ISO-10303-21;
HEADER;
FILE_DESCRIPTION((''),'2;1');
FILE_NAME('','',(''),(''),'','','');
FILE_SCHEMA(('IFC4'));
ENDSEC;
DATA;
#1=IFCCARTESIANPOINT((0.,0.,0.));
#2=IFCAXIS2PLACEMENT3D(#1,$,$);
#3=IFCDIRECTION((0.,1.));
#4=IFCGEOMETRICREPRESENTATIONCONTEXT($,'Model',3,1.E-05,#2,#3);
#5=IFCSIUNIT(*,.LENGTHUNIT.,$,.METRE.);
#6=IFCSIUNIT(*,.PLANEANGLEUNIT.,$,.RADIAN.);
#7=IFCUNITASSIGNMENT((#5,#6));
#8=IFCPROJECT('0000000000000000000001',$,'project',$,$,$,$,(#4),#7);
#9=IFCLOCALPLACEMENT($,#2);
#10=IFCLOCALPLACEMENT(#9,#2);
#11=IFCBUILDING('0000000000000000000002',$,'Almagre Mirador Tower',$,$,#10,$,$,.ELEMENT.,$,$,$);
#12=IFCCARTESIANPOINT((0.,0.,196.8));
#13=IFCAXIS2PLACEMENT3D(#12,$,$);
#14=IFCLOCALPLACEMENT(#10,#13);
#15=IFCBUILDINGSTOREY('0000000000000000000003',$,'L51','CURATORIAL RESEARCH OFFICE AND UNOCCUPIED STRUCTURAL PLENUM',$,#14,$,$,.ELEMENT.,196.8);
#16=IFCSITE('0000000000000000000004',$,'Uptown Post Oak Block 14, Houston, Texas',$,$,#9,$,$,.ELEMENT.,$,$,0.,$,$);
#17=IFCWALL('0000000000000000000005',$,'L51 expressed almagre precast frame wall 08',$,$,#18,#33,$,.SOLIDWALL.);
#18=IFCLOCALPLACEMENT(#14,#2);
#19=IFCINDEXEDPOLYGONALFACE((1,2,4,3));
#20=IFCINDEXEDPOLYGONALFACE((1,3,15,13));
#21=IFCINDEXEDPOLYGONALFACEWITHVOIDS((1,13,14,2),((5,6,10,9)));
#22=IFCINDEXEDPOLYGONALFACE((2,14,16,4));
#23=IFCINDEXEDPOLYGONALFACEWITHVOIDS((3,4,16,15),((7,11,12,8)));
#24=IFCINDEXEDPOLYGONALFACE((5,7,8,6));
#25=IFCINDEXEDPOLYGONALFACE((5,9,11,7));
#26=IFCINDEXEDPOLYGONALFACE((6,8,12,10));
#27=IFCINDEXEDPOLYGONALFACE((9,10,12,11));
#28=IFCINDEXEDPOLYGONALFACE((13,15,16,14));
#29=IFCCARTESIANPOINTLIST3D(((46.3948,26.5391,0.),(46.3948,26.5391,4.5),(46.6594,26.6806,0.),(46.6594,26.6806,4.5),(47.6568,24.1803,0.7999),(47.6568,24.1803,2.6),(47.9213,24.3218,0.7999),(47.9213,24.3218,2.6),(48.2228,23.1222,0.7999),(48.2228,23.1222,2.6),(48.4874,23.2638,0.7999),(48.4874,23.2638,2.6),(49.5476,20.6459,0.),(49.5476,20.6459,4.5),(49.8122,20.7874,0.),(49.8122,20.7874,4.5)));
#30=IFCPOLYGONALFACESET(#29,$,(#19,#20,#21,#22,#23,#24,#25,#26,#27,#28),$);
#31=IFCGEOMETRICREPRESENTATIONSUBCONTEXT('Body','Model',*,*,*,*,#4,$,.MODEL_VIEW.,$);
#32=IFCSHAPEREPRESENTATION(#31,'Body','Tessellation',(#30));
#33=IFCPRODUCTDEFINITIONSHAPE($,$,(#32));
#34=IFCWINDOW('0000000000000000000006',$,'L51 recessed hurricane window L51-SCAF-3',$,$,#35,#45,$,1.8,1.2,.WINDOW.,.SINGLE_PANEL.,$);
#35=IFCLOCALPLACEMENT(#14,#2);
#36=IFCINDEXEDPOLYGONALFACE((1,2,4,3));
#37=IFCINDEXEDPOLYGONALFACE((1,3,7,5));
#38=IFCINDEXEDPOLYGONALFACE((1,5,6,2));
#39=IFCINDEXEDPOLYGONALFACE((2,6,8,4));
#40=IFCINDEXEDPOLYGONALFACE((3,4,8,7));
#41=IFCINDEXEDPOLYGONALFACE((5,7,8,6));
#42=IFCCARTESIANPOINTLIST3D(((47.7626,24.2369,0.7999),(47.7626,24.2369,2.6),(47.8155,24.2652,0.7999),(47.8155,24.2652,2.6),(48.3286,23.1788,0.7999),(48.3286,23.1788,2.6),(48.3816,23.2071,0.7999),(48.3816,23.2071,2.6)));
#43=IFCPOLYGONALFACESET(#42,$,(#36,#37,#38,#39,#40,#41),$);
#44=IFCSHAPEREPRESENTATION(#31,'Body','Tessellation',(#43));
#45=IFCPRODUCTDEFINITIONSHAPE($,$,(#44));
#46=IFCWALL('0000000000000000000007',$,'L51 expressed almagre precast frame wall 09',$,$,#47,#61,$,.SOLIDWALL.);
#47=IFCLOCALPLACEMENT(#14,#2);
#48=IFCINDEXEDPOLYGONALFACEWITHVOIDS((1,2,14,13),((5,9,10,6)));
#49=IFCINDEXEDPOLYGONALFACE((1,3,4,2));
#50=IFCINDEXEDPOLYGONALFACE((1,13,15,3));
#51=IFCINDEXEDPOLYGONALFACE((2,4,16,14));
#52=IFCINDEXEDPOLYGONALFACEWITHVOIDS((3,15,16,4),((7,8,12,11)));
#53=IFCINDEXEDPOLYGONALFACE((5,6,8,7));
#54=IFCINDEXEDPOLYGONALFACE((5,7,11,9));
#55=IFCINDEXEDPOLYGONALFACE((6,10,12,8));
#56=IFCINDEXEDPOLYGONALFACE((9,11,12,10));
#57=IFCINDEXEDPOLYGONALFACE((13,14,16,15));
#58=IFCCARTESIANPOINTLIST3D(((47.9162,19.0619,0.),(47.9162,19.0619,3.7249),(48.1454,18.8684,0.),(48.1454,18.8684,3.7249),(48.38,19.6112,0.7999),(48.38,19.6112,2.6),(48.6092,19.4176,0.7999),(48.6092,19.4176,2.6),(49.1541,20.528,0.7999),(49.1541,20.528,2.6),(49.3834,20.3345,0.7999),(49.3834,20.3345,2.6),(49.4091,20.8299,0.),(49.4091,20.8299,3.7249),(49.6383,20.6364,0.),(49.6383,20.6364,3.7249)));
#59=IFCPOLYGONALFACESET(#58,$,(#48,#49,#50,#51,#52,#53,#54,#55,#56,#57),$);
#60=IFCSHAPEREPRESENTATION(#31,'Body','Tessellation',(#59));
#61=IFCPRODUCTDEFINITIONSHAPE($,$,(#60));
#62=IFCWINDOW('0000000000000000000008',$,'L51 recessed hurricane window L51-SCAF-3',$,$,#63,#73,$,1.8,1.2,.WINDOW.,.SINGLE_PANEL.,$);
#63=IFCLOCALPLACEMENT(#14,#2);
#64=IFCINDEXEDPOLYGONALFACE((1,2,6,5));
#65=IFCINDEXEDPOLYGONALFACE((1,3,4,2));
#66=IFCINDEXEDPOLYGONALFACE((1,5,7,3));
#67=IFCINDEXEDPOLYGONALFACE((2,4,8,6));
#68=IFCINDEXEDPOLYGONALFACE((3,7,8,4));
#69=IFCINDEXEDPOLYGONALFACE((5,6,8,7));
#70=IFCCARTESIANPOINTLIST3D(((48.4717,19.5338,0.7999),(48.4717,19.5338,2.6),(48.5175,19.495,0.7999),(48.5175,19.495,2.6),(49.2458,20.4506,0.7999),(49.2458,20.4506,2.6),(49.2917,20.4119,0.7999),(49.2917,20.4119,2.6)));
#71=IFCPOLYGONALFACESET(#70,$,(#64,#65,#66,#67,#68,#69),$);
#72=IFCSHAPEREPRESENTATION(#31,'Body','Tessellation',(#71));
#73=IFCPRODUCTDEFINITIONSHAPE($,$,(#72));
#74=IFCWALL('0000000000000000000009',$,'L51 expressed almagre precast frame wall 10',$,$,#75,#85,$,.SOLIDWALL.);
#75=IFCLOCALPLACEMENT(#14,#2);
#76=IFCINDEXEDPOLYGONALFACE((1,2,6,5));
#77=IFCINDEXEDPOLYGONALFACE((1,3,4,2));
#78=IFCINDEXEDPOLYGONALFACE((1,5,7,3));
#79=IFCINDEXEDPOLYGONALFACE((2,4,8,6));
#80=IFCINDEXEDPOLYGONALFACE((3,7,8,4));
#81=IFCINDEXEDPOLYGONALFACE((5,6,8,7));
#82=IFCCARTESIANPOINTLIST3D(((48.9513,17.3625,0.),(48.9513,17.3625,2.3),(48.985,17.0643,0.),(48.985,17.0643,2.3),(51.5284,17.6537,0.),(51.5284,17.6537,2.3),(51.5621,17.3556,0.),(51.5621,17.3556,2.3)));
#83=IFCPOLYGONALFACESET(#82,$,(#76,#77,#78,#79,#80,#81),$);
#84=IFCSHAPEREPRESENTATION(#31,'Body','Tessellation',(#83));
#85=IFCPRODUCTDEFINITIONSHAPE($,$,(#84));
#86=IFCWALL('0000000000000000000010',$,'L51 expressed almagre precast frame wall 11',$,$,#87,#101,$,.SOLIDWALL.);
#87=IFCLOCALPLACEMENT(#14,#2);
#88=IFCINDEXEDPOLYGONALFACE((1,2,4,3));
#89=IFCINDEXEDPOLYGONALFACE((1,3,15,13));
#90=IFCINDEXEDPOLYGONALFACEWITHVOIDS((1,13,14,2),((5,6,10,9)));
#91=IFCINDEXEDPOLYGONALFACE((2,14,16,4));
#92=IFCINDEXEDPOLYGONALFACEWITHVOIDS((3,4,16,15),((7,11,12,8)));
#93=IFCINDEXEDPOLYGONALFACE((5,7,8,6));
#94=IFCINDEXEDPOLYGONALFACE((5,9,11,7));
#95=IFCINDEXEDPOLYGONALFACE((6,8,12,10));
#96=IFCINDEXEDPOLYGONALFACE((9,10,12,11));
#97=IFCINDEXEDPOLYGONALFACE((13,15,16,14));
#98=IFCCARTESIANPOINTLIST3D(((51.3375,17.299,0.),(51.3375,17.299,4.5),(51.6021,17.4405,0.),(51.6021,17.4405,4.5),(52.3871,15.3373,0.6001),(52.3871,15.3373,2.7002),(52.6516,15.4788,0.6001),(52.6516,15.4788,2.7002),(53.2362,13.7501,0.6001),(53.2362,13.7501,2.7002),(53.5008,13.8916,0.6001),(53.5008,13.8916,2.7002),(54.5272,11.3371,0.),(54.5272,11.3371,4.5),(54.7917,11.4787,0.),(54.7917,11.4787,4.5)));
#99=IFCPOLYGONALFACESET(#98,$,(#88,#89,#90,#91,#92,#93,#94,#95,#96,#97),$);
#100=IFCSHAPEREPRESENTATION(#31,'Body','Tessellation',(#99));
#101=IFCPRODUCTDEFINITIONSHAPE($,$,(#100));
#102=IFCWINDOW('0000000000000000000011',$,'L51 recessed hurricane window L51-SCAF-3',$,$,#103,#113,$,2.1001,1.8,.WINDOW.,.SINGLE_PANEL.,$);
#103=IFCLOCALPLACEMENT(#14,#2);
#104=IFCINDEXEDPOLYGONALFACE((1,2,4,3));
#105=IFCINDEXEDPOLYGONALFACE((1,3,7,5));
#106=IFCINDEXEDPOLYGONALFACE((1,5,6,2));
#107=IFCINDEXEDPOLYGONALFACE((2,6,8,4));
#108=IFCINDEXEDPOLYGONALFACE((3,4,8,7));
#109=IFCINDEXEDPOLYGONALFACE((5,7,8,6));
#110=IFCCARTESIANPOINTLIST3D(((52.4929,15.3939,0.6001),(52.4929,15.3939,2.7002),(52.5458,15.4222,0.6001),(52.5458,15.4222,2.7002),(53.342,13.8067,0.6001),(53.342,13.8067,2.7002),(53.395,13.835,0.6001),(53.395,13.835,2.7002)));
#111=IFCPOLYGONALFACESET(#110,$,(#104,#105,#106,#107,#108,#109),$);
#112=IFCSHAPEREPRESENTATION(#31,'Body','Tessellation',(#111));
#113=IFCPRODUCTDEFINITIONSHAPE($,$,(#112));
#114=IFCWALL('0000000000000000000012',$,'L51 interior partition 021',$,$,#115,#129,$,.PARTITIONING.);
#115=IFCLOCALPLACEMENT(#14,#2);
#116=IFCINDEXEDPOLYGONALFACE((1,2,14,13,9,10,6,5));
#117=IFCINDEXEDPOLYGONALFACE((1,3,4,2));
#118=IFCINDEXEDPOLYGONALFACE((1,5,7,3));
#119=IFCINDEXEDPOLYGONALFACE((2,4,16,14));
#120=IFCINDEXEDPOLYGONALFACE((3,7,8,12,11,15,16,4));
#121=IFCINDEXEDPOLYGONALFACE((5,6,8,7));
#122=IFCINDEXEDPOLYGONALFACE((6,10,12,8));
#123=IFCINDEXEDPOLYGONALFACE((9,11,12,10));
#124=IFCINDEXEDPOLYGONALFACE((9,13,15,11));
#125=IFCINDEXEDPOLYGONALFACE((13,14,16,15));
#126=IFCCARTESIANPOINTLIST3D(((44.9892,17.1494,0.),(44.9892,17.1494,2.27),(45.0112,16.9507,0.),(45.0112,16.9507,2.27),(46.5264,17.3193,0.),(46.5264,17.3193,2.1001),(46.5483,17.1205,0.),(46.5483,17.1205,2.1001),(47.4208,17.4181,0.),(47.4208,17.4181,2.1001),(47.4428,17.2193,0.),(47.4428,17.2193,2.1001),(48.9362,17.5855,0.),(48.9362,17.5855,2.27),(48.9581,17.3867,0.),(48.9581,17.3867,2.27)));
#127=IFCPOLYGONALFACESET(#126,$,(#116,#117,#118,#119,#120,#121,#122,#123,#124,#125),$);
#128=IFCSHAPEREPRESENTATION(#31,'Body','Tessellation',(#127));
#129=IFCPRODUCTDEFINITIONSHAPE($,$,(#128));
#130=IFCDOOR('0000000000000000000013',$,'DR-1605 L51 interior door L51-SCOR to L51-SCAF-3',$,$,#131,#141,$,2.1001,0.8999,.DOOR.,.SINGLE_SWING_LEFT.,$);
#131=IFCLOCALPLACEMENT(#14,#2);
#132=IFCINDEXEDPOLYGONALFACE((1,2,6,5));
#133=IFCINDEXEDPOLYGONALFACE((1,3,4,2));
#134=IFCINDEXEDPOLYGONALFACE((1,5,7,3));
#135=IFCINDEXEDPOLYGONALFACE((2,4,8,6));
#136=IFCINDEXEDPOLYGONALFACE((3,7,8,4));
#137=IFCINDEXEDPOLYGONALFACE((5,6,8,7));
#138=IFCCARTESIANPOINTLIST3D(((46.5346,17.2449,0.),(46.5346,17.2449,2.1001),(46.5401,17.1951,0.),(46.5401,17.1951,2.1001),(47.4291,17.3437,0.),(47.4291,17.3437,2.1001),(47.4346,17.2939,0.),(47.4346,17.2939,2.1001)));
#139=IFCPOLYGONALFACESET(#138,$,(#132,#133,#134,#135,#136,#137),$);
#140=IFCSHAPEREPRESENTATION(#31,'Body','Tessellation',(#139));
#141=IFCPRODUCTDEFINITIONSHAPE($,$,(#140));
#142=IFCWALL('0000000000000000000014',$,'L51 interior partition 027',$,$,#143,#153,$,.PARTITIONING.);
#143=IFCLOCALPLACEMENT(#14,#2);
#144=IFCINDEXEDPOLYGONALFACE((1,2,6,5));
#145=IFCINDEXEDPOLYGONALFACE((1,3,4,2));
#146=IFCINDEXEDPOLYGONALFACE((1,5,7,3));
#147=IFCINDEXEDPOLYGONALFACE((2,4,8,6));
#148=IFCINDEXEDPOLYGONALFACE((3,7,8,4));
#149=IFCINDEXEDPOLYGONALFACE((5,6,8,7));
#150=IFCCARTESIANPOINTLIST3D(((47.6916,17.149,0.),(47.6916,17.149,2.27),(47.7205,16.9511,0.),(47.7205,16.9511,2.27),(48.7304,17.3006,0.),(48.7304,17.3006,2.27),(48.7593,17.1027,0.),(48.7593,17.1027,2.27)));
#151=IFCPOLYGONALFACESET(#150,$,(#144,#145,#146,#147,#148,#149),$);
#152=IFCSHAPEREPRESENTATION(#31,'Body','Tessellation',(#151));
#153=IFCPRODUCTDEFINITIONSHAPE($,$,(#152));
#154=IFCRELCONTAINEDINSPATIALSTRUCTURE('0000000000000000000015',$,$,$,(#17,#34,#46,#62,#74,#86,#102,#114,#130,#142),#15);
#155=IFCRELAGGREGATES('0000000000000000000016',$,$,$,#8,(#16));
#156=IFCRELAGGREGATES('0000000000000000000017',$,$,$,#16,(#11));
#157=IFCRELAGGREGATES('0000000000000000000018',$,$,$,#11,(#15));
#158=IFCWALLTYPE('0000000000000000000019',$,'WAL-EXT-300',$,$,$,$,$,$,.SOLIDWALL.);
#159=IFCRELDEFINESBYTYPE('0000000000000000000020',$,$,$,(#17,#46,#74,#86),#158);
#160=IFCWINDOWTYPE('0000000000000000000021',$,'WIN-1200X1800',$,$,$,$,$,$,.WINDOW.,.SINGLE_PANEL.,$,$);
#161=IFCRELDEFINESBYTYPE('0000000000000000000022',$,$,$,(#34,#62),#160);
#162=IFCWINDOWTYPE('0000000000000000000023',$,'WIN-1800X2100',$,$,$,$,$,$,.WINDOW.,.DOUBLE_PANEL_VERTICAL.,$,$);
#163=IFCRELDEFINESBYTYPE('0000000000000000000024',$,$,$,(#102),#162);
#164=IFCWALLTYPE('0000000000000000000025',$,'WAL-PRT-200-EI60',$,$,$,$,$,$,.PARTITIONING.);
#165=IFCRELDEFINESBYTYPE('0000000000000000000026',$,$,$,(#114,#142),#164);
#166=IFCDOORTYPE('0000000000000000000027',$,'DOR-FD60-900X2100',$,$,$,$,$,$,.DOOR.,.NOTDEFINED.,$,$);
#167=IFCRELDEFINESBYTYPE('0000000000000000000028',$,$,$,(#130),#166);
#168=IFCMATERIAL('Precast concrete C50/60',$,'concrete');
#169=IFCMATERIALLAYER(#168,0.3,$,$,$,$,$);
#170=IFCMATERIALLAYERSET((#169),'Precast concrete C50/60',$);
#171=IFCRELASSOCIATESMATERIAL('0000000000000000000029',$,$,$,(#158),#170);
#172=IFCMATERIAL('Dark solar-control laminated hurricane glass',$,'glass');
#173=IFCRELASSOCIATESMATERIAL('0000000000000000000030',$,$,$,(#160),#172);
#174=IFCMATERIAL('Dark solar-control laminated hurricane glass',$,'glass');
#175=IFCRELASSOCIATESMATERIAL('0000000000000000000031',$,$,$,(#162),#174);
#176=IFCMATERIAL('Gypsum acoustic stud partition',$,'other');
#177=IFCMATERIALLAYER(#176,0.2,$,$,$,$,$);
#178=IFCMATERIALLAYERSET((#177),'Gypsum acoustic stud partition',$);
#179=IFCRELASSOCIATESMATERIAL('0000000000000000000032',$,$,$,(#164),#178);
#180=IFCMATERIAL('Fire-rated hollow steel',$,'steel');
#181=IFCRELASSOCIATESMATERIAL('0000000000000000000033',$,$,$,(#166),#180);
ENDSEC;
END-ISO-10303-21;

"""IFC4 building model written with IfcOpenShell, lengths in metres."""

from ifc_helpers import new_model, si_unit, direction, frame, frame_2d, origin, place, context, subcontext, project, spatial, rectangle, extrude, material, layer, layer_set, type_object, element, fill, save


model = new_model("IFC4")

# Units and contexts
model_context = context("Model", 3, precision=1e-05, world=origin(), true_north=direction((0.0, 1.0)))
body_context = subcontext(model_context, "Body", "Model", "MODEL_VIEW")
ifc_project = project(units=[si_unit("LENGTHUNIT", "METRE"), si_unit("PLANEANGLEUNIT", "RADIAN")], contexts=[model_context])

# Site, building, storey
site_placement = place(None, origin())
site = spatial("IfcSite", under=ifc_project, at=site_placement, Name="Uptown Post Oak Block 14, Houston, Texas", CompositionType="ELEMENT", RefElevation=0.0)
building_placement = place(site_placement, origin())
building = spatial("IfcBuilding", under=site, at=building_placement, Name="Almagre Mirador Tower", CompositionType="ELEMENT")
storey_placement = place(building_placement, frame((0.0, 0.0, 196.8)))
storey = spatial("IfcBuildingStorey", under=building, at=storey_placement, Name="L51", Description="CURATORIAL RESEARCH OFFICE AND UNOCCUPIED STRUCTURAL PLENUM", CompositionType="ELEMENT", Elevation=196.8)

# Walls, openings, windows
ifc_material_1 = material(Name="Precast concrete C50/60", Category="concrete")
ifc_layer_1 = layer(ifc_material_1, 0.3)
ifc_layer_set_1 = layer_set([ifc_layer_1], Name="Precast concrete C50/60")
wall_type_1 = type_object("IfcWallType", Name="WAL-EXT-300", PredefinedType="SOLIDWALL", material=ifc_layer_set_1)
wall_1_placement = place(storey_placement, frame((46.5271, 26.6099, 0.0), z_axis=(0.0, 0.0, 1.0), x_axis=(0.471722, -0.881748, 0.0)))
wall_1 = element("IfcWall", 1, at=wall_1_placement, inside=storey, type_object=wall_type_1, Name="L51 expressed almagre precast frame wall 08", PredefinedType="SOLIDWALL", context=body_context, shape_type="SweptSolid", body=[
    extrude(rectangle(XDim=6.6836, YDim=0.3, at=frame_2d((3.3418, 0.0))), origin(), (0.0, 0.0, 1.0), 4.5),
])
opening_1_placement = place(wall_1_placement, frame((2.675, 0.0, 0.8)))
opening_1 = element("IfcOpeningElement", 2, at=opening_1_placement, cuts=wall_1, PredefinedType="OPENING", context=body_context, shape_type="SweptSolid", body=[
    extrude(rectangle(XDim=1.2, YDim=1.8, at=frame_2d((0.6001, 0.8999))), frame((0.0, 0.1599, 0.0), z_axis=(0.0, -1.0, 0.0), x_axis=(1.0, 0.0, 0.0)), (0.0, 0.0, 1.0), 0.32),
])
ifc_material_2 = material(Name="Dark solar-control laminated hurricane glass", Category="glass")
window_type_1 = type_object("IfcWindowType", Name="WIN-1200X1800", PartitioningType="SINGLE_PANEL", PredefinedType="WINDOW", material=ifc_material_2)
window_1_placement = place(opening_1_placement, origin())
window_1 = element("IfcWindow", 3, at=window_1_placement, inside=storey, type_object=window_type_1, Name="L51 recessed hurricane window L51-SCAF-3", OverallHeight=1.8, OverallWidth=1.2, PartitioningType="SINGLE_PANEL", PredefinedType="WINDOW", context=body_context, shape_type="SweptSolid", body=[
    extrude(rectangle(XDim=1.2, YDim=1.8, at=frame_2d((0.6001, 0.8999))), frame((0.0, 0.03, 0.0), z_axis=(0.0, -1.0, 0.0), x_axis=(1.0, 0.0, 0.0)), (0.0, 0.0, 1.0), 0.0601),
])
fill(opening_1, window_1)
wall_2_placement = place(storey_placement, frame((49.5237, 20.7332, 0.0), z_axis=(0.0, 0.0, 1.0), x_axis=(-0.645152, -0.764054, 0.0)))
wall_2 = element("IfcWall", 4, at=wall_2_placement, inside=storey, type_object=wall_type_1, Name="L51 expressed almagre precast frame wall 09", PredefinedType="SOLIDWALL", context=body_context, shape_type="SweptSolid", body=[
    extrude(rectangle(XDim=2.314, YDim=0.3, at=frame_2d((1.157, 0.0))), origin(), (0.0, 0.0, 1.0), 3.7249),
])
opening_2_placement = place(wall_2_placement, frame((0.395, 0.0, 0.8)))
opening_2 = element("IfcOpeningElement", 5, at=opening_2_placement, cuts=wall_2, PredefinedType="OPENING", context=body_context, shape_type="SweptSolid", body=[
    extrude(rectangle(XDim=1.2, YDim=1.8, at=frame_2d((0.6001, 0.8999))), frame((0.0, 0.1599, 0.0), z_axis=(0.0, -1.0, 0.0), x_axis=(1.0, 0.0, 0.0)), (0.0, 0.0, 1.0), 0.32),
])
window_2_placement = place(opening_2_placement, origin())
window_2 = element("IfcWindow", 6, at=window_2_placement, inside=storey, type_object=window_type_1, Name="L51 recessed hurricane window L51-SCAF-3", OverallHeight=1.8, OverallWidth=1.2, PartitioningType="SINGLE_PANEL", PredefinedType="WINDOW", context=body_context, shape_type="SweptSolid", body=[
    extrude(rectangle(XDim=1.2, YDim=1.8, at=frame_2d((0.6001, 0.8999))), frame((0.0, 0.03, 0.0), z_axis=(0.0, -1.0, 0.0), x_axis=(1.0, 0.0, 0.0)), (0.0, 0.0, 1.0), 0.0601),
])
fill(opening_2, window_2)

# Wall
wall_3_placement = place(storey_placement, frame((48.968, 17.2134, 0.0), z_axis=(0.0, 0.0, 1.0), x_axis=(0.993674, 0.112301, 0.0)))
element("IfcWall", 7, at=wall_3_placement, inside=storey, type_object=wall_type_1, Name="L51 expressed almagre precast frame wall 10", PredefinedType="SOLIDWALL", context=body_context, shape_type="SweptSolid", body=[
    extrude(rectangle(XDim=2.5935, YDim=0.3, at=frame_2d((1.2969, 0.0))), origin(), (0.0, 0.0, 1.0), 2.3),
])

# Wall, opening, window
wall_4_placement = place(storey_placement, frame((51.4697, 17.3699, 0.0), z_axis=(0.0, 0.0, 1.0), x_axis=(0.47174, -0.881737, 0.0)))
wall_4 = element("IfcWall", 8, at=wall_4_placement, inside=storey, type_object=wall_type_1, Name="L51 expressed almagre precast frame wall 11", PredefinedType="SOLIDWALL", context=body_context, shape_type="SweptSolid", body=[
    extrude(rectangle(XDim=6.7615, YDim=0.3, at=frame_2d((3.3809, 0.0))), origin(), (0.0, 0.0, 1.0), 4.5),
])
opening_3_placement = place(wall_4_placement, frame((2.2251, 0.0, 0.6001)))
opening_3 = element("IfcOpeningElement", 9, at=opening_3_placement, cuts=wall_4, PredefinedType="OPENING", context=body_context, shape_type="SweptSolid", body=[
    extrude(rectangle(XDim=1.8, YDim=2.1001, at=frame_2d((0.8999, 1.05))), frame((0.0, 0.1599, 0.0), z_axis=(0.0, -1.0, 0.0), x_axis=(1.0, 0.0, 0.0)), (0.0, 0.0, 1.0), 0.32),
])
ifc_material_3 = material(Name="Dark solar-control laminated hurricane glass", Category="glass")
window_type_2 = type_object("IfcWindowType", Name="WIN-1800X2100", PartitioningType="DOUBLE_PANEL_VERTICAL", PredefinedType="WINDOW", material=ifc_material_3)
window_3_placement = place(opening_3_placement, origin())
window_3 = element("IfcWindow", 10, at=window_3_placement, inside=storey, type_object=window_type_2, Name="L51 recessed hurricane window L51-SCAF-3", OverallHeight=2.1001, OverallWidth=1.8, PartitioningType="SINGLE_PANEL", PredefinedType="WINDOW", context=body_context, shape_type="SweptSolid", body=[
    extrude(rectangle(XDim=1.8, YDim=2.1001, at=frame_2d((0.8999, 1.05))), frame((0.0, 0.03, 0.0), z_axis=(0.0, -1.0, 0.0), x_axis=(1.0, 0.0, 0.0)), (0.0, 0.0, 1.0), 0.0601),
])
fill(opening_3, window_3)

# Wall, opening, door
ifc_material_4 = material(Name="Gypsum acoustic stud partition", Category="other")
ifc_layer_2 = layer(ifc_material_4, 0.2)
ifc_layer_set_2 = layer_set([ifc_layer_2], Name="Gypsum acoustic stud partition")
wall_type_2 = type_object("IfcWallType", Name="WAL-PRT-200-EI60", PredefinedType="PARTITIONING", material=ifc_layer_set_2)
wall_5_placement = place(storey_placement, frame((48.947, 17.4861, 0.0), z_axis=(0.0, 0.0, 1.0), x_axis=(-0.993953, -0.109804, 0.0)))
wall_5 = element("IfcWall", 11, at=wall_5_placement, inside=storey, type_object=wall_type_2, Name="L51 interior partition 021", PredefinedType="PARTITIONING", context=body_context, shape_type="SweptSolid", body=[
    extrude(rectangle(XDim=3.9709, YDim=0.2, at=frame_2d((1.9854, 0.0))), origin(), (0.0, 0.0, 1.0), 2.27),
])
opening_4_placement = place(wall_5_placement, frame((1.5244, 0.0, 0.0)))
opening_4 = element("IfcOpeningElement", 12, at=opening_4_placement, cuts=wall_5, PredefinedType="OPENING", context=body_context, shape_type="SweptSolid", body=[
    extrude(rectangle(XDim=0.8999, YDim=2.1001, at=frame_2d((0.45, 1.05))), frame((0.0, 0.1101, 0.0), z_axis=(0.0, -1.0, 0.0), x_axis=(1.0, 0.0, 0.0)), (0.0, 0.0, 1.0), 0.22),
])
ifc_material_5 = material(Name="Fire-rated hollow steel", Category="steel")
door_type = type_object("IfcDoorType", Name="DOR-FD60-900X2100", OperationType="NOTDEFINED", PredefinedType="DOOR", material=ifc_material_5)
door_placement = place(opening_4_placement, origin())
door = element("IfcDoor", 13, at=door_placement, inside=storey, type_object=door_type, Name="DR-1605 L51 interior door L51-SCOR to L51-SCAF-3", OperationType="SINGLE_SWING_LEFT", OverallHeight=2.1001, OverallWidth=0.8999, PredefinedType="DOOR", context=body_context, shape_type="SweptSolid", body=[
    extrude(rectangle(XDim=0.8999, YDim=2.1001, at=frame_2d((0.45, 1.05))), frame((0.0, 0.0249, 0.0), z_axis=(0.0, -1.0, 0.0), x_axis=(1.0, 0.0, 0.0)), (0.0, 0.0, 1.0), 0.05),
])
fill(opening_4, door)

# Wall
wall_6_placement = place(storey_placement, frame((48.7449, 17.2017, 0.0), z_axis=(0.0, 0.0, 1.0), x_axis=(-0.989517, -0.144416, 0.0)))
element("IfcWall", 14, at=wall_6_placement, inside=storey, type_object=wall_type_2, Name="L51 interior partition 027", PredefinedType="PARTITIONING", context=body_context, shape_type="SweptSolid", body=[
    extrude(rectangle(XDim=1.0498, YDim=0.2, at=frame_2d((0.5249, 0.0))), origin(), (0.0, 0.0, 1.0), 2.27),
])

save(model, "model.ifc")
